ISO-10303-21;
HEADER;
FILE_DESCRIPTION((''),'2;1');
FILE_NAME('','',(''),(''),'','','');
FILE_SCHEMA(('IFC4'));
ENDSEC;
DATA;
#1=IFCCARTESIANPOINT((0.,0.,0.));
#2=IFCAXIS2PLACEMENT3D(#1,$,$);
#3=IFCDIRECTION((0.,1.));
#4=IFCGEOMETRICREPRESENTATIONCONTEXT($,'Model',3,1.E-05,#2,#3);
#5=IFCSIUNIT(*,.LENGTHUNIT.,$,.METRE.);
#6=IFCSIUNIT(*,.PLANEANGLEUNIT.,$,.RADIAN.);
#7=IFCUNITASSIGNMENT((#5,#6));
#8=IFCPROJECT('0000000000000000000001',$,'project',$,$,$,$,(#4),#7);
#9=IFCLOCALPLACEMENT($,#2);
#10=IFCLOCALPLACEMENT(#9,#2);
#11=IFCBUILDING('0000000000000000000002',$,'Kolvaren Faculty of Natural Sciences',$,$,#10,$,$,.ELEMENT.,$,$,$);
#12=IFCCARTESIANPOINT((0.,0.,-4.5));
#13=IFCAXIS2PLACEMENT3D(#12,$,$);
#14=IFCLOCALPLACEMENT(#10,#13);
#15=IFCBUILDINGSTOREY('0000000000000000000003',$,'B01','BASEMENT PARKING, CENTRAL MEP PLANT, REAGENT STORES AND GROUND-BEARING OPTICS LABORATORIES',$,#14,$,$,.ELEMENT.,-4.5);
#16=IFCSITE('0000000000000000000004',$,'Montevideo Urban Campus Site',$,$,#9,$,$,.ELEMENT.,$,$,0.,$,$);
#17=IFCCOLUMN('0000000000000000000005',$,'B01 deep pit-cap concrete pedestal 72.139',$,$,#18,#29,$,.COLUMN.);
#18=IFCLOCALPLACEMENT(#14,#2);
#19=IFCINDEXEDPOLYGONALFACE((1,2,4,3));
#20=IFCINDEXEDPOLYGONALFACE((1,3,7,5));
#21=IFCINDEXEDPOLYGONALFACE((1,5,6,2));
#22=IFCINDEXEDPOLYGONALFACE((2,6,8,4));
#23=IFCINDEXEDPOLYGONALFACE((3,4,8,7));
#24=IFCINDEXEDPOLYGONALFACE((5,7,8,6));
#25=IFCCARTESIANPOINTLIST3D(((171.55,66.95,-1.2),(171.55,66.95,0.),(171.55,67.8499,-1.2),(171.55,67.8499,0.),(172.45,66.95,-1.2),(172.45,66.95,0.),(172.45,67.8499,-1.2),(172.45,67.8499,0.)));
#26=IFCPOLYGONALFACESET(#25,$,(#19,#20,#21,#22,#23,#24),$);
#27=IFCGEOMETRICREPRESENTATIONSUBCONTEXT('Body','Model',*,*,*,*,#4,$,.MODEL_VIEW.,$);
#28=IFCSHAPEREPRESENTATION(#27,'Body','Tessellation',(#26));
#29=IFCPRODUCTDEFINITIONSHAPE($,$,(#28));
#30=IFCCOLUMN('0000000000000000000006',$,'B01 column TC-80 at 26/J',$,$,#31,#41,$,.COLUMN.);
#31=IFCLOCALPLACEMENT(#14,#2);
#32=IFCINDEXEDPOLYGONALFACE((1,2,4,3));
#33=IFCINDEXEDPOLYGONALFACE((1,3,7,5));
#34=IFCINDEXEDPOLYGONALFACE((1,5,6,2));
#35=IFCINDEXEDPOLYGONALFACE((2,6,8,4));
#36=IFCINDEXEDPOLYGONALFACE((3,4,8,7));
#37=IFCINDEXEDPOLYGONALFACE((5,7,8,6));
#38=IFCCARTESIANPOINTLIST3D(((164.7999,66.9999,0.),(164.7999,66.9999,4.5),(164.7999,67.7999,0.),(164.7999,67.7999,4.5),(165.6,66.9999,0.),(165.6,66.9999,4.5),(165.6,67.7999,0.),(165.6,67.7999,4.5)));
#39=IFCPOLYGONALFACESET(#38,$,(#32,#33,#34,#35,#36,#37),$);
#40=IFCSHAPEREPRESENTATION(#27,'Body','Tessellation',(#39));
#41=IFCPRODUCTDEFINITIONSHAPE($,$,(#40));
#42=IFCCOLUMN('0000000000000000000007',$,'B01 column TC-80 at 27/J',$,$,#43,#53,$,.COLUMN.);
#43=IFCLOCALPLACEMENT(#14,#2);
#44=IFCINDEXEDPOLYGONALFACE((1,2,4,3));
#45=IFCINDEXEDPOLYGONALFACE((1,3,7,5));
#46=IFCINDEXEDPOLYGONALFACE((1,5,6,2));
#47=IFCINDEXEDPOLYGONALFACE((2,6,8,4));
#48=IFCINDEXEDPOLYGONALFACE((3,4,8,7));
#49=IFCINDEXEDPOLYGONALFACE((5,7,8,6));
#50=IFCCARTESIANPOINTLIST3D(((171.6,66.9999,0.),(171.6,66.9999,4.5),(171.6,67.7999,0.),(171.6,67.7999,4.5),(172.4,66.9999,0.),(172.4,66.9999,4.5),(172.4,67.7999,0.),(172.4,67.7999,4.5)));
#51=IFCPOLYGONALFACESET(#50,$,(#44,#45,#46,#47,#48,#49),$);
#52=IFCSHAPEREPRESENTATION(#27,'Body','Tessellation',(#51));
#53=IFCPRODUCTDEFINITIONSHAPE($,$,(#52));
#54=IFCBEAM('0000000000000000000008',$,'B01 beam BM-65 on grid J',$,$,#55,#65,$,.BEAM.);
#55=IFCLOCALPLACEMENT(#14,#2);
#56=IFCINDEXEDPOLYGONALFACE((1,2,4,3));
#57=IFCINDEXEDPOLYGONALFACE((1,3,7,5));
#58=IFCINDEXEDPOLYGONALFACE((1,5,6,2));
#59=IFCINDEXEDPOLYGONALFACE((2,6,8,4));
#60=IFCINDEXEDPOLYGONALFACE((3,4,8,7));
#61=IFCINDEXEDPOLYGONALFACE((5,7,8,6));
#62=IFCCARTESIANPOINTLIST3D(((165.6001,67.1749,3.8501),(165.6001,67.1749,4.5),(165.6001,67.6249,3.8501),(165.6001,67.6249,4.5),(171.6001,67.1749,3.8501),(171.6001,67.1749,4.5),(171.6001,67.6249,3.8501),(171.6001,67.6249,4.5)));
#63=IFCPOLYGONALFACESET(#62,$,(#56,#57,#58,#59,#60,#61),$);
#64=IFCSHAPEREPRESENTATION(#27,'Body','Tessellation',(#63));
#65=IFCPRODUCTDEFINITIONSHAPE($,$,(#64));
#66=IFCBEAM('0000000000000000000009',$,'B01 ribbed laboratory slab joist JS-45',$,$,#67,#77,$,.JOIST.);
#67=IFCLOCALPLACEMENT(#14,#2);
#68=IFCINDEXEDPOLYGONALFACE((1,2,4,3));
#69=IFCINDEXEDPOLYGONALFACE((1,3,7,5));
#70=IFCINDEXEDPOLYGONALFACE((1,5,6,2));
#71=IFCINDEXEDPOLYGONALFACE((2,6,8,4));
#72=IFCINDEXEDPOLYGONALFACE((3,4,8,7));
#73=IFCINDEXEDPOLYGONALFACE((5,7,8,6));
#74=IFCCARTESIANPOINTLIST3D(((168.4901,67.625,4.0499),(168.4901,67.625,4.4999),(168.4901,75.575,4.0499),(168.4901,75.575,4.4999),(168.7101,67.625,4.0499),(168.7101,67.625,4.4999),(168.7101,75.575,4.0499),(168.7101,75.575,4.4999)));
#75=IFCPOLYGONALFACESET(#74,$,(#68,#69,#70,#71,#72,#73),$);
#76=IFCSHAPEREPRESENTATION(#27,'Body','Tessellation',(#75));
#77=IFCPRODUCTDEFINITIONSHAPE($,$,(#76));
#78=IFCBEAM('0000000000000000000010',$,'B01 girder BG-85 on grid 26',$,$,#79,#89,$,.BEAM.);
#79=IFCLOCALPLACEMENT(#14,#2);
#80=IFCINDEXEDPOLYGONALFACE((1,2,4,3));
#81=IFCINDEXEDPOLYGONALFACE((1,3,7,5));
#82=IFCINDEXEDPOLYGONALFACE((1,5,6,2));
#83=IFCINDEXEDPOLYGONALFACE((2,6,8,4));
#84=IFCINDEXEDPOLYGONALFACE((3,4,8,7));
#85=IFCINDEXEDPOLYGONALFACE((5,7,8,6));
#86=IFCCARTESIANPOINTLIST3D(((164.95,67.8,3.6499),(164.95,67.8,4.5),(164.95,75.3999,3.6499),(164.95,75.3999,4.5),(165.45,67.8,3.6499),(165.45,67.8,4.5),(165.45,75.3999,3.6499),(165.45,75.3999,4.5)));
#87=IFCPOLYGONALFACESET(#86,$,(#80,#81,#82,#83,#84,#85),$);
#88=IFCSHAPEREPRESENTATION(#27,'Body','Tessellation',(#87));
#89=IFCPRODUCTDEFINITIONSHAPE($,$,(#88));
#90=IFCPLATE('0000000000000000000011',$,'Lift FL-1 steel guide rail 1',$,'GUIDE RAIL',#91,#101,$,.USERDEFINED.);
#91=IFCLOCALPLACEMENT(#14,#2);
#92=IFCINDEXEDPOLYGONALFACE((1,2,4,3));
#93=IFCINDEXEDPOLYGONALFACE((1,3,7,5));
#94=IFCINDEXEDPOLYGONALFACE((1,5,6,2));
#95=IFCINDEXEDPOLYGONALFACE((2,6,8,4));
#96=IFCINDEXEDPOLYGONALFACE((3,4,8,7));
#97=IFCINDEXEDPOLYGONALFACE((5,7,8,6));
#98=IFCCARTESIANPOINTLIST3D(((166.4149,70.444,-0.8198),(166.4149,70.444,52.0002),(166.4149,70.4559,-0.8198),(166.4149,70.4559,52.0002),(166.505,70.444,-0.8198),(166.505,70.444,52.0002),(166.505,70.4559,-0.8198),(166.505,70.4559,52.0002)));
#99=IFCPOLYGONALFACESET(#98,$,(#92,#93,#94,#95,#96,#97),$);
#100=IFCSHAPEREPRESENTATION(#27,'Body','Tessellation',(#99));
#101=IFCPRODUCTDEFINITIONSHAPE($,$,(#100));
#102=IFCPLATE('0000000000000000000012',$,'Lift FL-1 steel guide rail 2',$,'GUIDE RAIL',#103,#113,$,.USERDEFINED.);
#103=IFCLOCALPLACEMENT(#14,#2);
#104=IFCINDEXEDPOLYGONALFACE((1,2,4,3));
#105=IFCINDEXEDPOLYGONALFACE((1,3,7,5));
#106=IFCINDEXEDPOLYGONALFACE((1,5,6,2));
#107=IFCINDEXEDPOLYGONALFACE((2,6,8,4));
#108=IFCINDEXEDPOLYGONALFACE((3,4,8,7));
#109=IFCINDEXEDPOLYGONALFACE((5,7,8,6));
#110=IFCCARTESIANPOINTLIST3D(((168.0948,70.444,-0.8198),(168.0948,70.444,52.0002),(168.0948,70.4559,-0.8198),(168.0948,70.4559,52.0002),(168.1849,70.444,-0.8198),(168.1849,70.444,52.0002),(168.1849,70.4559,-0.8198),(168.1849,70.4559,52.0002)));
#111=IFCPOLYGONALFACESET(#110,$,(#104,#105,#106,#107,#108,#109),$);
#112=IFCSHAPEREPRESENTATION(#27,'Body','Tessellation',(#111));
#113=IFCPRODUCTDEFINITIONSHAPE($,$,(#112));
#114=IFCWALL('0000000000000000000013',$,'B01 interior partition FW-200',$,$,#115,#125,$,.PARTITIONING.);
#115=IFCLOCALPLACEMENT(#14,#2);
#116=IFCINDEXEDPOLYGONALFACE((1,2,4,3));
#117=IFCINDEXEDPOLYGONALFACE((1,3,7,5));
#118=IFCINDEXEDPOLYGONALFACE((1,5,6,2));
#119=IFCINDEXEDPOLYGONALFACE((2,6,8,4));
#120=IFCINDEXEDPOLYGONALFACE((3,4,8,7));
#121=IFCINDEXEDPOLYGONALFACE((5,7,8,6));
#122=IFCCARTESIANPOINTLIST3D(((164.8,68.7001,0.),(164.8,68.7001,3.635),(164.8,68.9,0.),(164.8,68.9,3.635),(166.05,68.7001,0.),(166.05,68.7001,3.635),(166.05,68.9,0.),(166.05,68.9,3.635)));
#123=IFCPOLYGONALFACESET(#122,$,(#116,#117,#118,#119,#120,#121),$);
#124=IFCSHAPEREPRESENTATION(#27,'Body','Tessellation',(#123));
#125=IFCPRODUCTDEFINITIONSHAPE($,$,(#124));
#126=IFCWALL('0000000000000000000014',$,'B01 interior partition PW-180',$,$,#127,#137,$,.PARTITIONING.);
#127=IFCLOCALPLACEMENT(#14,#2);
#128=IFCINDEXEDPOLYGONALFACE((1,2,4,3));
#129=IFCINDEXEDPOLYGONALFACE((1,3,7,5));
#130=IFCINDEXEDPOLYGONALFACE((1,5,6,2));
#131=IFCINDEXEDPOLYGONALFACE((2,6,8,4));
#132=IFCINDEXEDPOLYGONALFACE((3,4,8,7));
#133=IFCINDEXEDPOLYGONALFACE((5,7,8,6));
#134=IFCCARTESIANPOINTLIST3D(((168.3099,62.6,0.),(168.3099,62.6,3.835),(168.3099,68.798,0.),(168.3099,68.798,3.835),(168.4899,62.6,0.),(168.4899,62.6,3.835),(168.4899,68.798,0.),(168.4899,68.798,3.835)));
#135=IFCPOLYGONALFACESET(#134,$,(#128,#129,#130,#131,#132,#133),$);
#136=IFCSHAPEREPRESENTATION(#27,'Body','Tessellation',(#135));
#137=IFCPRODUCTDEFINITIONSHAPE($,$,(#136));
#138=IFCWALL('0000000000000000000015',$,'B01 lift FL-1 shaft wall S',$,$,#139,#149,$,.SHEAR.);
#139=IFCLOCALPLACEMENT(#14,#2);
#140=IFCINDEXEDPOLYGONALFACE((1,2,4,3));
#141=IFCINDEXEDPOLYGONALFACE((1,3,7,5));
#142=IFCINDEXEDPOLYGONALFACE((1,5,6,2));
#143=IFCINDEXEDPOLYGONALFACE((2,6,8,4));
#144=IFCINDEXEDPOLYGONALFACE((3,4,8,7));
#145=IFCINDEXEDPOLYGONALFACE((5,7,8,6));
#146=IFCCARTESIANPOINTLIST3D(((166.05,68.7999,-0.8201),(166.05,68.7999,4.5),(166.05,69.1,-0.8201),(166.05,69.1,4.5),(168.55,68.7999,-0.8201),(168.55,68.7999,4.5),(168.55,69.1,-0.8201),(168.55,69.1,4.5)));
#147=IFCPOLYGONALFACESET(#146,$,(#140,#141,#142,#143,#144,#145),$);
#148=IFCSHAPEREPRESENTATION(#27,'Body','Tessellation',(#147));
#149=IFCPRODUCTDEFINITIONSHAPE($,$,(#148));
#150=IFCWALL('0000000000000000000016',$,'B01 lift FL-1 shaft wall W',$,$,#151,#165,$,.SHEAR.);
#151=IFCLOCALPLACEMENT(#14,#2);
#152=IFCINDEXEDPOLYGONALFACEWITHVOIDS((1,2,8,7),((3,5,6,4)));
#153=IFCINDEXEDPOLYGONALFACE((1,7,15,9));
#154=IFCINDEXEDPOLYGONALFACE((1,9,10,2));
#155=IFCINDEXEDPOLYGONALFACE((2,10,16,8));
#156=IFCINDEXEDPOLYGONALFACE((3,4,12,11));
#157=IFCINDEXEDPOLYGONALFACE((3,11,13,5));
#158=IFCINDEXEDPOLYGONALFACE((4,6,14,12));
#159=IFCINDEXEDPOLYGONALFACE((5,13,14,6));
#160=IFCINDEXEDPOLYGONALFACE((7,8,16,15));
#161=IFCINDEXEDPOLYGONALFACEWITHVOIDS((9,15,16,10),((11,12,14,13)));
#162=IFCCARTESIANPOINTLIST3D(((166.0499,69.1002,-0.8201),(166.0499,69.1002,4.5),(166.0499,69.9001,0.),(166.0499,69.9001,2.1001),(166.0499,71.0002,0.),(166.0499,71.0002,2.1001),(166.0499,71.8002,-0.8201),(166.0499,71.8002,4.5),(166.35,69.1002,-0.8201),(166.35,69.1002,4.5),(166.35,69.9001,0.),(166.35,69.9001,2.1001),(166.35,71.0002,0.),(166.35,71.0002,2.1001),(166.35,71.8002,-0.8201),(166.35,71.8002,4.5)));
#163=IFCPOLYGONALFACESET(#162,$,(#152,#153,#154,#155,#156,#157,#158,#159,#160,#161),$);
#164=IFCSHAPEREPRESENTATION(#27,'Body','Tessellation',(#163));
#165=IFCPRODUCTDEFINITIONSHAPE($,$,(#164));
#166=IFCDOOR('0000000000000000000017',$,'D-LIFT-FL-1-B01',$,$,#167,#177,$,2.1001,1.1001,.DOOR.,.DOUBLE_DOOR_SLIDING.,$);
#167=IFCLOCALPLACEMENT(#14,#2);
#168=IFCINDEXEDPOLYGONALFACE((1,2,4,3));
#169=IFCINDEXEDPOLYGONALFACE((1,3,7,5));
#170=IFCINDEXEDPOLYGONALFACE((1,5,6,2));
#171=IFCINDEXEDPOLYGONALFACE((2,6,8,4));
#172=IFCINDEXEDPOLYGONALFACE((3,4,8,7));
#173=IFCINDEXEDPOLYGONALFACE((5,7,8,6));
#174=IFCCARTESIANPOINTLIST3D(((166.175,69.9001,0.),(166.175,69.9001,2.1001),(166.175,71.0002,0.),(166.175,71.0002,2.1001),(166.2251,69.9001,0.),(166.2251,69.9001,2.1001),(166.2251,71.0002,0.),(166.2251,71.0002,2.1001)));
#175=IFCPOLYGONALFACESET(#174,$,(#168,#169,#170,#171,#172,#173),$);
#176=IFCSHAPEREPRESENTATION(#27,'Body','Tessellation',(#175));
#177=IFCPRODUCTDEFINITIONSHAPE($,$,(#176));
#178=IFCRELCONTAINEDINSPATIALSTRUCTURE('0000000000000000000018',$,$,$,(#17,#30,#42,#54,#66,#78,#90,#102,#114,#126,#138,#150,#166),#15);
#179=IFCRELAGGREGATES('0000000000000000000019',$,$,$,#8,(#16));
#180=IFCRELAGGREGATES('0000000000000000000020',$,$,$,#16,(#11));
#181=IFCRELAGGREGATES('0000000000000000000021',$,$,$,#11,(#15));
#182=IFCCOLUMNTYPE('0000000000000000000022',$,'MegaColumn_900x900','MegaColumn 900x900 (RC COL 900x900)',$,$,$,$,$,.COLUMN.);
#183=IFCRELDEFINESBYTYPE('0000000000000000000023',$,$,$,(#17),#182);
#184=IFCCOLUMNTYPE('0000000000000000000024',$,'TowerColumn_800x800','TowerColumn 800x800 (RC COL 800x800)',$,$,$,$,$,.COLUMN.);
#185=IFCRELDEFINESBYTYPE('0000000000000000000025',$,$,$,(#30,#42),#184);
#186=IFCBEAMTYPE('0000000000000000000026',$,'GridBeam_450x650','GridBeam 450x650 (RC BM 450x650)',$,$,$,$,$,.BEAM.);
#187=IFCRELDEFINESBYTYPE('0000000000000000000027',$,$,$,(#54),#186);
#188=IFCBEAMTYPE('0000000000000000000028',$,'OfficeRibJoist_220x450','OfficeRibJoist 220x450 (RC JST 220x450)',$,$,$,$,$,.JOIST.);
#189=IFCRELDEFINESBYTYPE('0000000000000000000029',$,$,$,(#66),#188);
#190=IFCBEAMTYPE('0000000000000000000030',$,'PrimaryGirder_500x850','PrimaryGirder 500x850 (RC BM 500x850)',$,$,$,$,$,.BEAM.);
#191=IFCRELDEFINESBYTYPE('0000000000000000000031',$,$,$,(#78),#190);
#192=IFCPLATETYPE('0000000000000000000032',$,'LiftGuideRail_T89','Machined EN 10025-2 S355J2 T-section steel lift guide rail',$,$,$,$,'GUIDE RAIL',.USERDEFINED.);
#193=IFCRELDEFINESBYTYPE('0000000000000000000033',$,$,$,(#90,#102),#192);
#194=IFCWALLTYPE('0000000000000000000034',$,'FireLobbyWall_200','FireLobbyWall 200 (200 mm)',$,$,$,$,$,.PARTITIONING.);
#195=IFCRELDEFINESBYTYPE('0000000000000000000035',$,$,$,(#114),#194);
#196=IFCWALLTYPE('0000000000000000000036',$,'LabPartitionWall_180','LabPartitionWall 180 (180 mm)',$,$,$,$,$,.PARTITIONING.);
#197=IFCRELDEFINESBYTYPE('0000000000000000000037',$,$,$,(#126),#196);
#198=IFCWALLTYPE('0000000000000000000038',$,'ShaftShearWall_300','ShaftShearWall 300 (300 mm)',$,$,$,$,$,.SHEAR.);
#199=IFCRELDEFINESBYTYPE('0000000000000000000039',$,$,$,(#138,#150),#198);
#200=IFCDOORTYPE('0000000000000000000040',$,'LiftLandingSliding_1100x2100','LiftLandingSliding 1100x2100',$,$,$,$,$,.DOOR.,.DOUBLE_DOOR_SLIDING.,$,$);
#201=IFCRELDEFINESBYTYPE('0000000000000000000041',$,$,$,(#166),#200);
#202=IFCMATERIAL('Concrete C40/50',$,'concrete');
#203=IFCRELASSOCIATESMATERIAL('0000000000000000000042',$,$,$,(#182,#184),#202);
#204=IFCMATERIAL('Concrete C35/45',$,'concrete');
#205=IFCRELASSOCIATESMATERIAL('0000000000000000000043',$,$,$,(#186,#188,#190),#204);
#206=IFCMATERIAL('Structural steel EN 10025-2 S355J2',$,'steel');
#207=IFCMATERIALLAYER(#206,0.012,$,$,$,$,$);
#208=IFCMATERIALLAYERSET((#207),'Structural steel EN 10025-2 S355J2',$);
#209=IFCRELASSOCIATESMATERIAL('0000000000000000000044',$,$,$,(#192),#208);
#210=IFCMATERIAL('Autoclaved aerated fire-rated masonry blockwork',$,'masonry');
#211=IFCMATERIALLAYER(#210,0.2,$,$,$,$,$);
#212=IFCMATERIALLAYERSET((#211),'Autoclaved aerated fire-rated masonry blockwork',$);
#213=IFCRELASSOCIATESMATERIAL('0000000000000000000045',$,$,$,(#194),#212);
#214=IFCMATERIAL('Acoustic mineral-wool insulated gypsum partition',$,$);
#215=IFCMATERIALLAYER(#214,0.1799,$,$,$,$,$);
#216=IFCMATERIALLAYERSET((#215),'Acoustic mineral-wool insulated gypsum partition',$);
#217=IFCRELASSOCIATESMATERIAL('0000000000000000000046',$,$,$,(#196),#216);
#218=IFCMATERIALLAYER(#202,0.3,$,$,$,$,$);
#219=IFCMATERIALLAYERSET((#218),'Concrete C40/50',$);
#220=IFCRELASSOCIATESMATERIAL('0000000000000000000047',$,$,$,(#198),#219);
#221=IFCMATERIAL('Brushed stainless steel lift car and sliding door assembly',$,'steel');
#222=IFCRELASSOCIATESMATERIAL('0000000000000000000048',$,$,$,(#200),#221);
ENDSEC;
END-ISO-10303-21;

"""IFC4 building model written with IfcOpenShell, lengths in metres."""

from ifc_helpers import new_model, si_unit, direction, frame, frame_2d, origin, origin_2d, place, context, subcontext, project, spatial, rectangle, extrude, material, layer, layer_set, material_profile, profile_set, type_object, element, fill, save


model = new_model("IFC4")

# Units and contexts
model_context = context("Model", 3, precision=1e-05, world=origin(), true_north=direction((0.0, 1.0)))
body_context = subcontext(model_context, "Body", "Model", "MODEL_VIEW")
ifc_project = project(units=[si_unit("LENGTHUNIT", "METRE"), si_unit("PLANEANGLEUNIT", "RADIAN")], contexts=[model_context])

# Site, building, storey
site_placement = place(None, origin())
site = spatial("IfcSite", under=ifc_project, at=site_placement, Name="Montevideo Urban Campus Site", CompositionType="ELEMENT", RefElevation=0.0)
building_placement = place(site_placement, origin())
building = spatial("IfcBuilding", under=site, at=building_placement, Name="Kolvaren Faculty of Natural Sciences", CompositionType="ELEMENT")
storey_placement = place(building_placement, frame((0.0, 0.0, -4.5)))
storey = spatial("IfcBuildingStorey", under=building, at=storey_placement, Name="B01", Description="BASEMENT PARKING, CENTRAL MEP PLANT, REAGENT STORES AND GROUND-BEARING OPTICS LABORATORIES", CompositionType="ELEMENT", Elevation=-4.5)

# Shared definitions
ifc_material_1 = material(Name="Concrete C35/45", Category="concrete")

# Columns
ifc_material_2 = material(Name="Concrete C40/50", Category="concrete")
ifc_material_profile_1 = material_profile(ifc_material_2, rectangle(XDim=0.8999, YDim=0.8999, at=origin_2d()), Name="RC COL 900x900")
ifc_profile_set_1 = profile_set([ifc_material_profile_1], Name="Concrete C40/50")
column_type_1 = type_object("IfcColumnType", Name="MegaColumn_900x900", Description="MegaColumn 900x900 (RC COL 900x900)", PredefinedType="COLUMN", material=ifc_profile_set_1)
for number, where, z_axis, x_axis, name in (
    (1, (172.0, 67.3999, -1.2), (0.0, 0.0, 1.0), (1.0, 0.0, 0.0), "B01 deep pit-cap concrete pedestal 72.139"),
):
    element("IfcColumn", number, at=place(storey_placement, frame(where, z_axis=z_axis, x_axis=x_axis)), inside=storey, type_object=column_type_1, Name=name, PredefinedType="COLUMN", context=body_context, shape_type="SweptSolid", body=[
        extrude(rectangle(XDim=0.8999, YDim=0.8999, at=origin_2d()), origin(), (0.0, 0.0, 1.0), 1.2),
    ])
ifc_material_profile_2 = material_profile(ifc_material_2, rectangle(XDim=0.8, YDim=0.8, at=origin_2d()), Name="RC COL 800x800")
ifc_profile_set_2 = profile_set([ifc_material_profile_2], Name="Concrete C40/50")
column_type_2 = type_object("IfcColumnType", Name="TowerColumn_800x800", Description="TowerColumn 800x800 (RC COL 800x800)", PredefinedType="COLUMN", material=ifc_profile_set_2)
for number, where, z_axis, x_axis, name in (
    (2, (165.2, 67.3999, 0.0), (0.0, 0.0, 1.0), (1.0, 0.0, 0.0), "B01 column TC-80 at 26/J"),
    (3, (172.0, 67.3999, 0.0), (0.0, 0.0, 1.0), (1.0, 0.0, 0.0), "B01 column TC-80 at 27/J"),
):
    element("IfcColumn", number, at=place(storey_placement, frame(where, z_axis=z_axis, x_axis=x_axis)), inside=storey, type_object=column_type_2, Name=name, PredefinedType="COLUMN", context=body_context, shape_type="SweptSolid", body=[
        extrude(rectangle(XDim=0.8, YDim=0.8, at=origin_2d()), origin(), (0.0, 0.0, 1.0), 4.5),
    ])

# Beams
ifc_material_profile_3 = material_profile(ifc_material_1, rectangle(XDim=0.45, YDim=0.6499, at=origin_2d()), Name="RC BM 450x650")
ifc_profile_set_3 = profile_set([ifc_material_profile_3], Name="Concrete C35/45")
beam_type_1 = type_object("IfcBeamType", Name="GridBeam_450x650", Description="GridBeam 450x650 (RC BM 450x650)", PredefinedType="BEAM", material=ifc_profile_set_3)
beam_1_placement = place(storey_placement, frame((165.6001, 67.3999, 4.175), z_axis=(1.0, 0.0, 0.0), x_axis=(0.0, 1.0, 0.0)))
element("IfcBeam", 4, at=beam_1_placement, inside=storey, type_object=beam_type_1, Name="B01 beam BM-65 on grid J", PredefinedType="BEAM", context=body_context, shape_type="SweptSolid", body=[
    extrude(rectangle(XDim=0.45, YDim=0.6499, at=origin_2d()), origin(), (0.0, 0.0, 1.0), 6.0),
])
ifc_material_profile_4 = material_profile(ifc_material_1, rectangle(XDim=0.22, YDim=0.45, at=origin_2d()), Name="RC JST 220x450")
ifc_profile_set_4 = profile_set([ifc_material_profile_4], Name="Concrete C35/45")
beam_type_2 = type_object("IfcBeamType", Name="OfficeRibJoist_220x450", Description="OfficeRibJoist 220x450 (RC JST 220x450)", PredefinedType="JOIST", material=ifc_profile_set_4)
beam_2_placement = place(storey_placement, frame((168.6001, 67.625, 4.2749), z_axis=(0.0, 1.0, 0.0), x_axis=(-1.0, 0.0, 0.0)))
element("IfcBeam", 5, at=beam_2_placement, inside=storey, type_object=beam_type_2, Name="B01 ribbed laboratory slab joist JS-45", PredefinedType="JOIST", context=body_context, shape_type="SweptSolid", body=[
    extrude(rectangle(XDim=0.22, YDim=0.45, at=origin_2d()), origin(), (0.0, 0.0, 1.0), 7.95),
])
ifc_material_profile_5 = material_profile(ifc_material_1, rectangle(XDim=0.5, YDim=0.8501, at=origin_2d()), Name="RC BM 500x850")
ifc_profile_set_5 = profile_set([ifc_material_profile_5], Name="Concrete C35/45")
beam_type_3 = type_object("IfcBeamType", Name="PrimaryGirder_500x850", Description="PrimaryGirder 500x850 (RC BM 500x850)", PredefinedType="BEAM", material=ifc_profile_set_5)
beam_3_placement = place(storey_placement, frame((165.2, 67.8, 4.075), z_axis=(0.0, 1.0, 0.0), x_axis=(-1.0, 0.0, 0.0)))
element("IfcBeam", 6, at=beam_3_placement, inside=storey, type_object=beam_type_3, Name="B01 girder BG-85 on grid 26", PredefinedType="BEAM", context=body_context, shape_type="SweptSolid", body=[
    extrude(rectangle(XDim=0.5, YDim=0.8501, at=origin_2d()), origin(), (0.0, 0.0, 1.0), 7.5999),
])

# Plates
ifc_material_3 = material(Name="Structural steel EN 10025-2 S355J2", Category="steel")
ifc_layer_1 = layer(ifc_material_3, 0.012)
ifc_layer_set_1 = layer_set([ifc_layer_1], Name="Structural steel EN 10025-2 S355J2")
plate_type = type_object("IfcPlateType", Name="LiftGuideRail_T89", Description="Machined EN 10025-2 S355J2 T-section steel lift guide rail", ElementType="GUIDE RAIL", PredefinedType="USERDEFINED", material=ifc_layer_set_1)
for number, where, z_axis, x_axis, name in (
    (7, (166.46, 70.45, -0.8198), (0.0, 0.0, 1.0), (1.0, 0.0, 0.0), "Lift FL-1 steel guide rail 1"),
    (8, (168.1399, 70.45, -0.8198), (0.0, 0.0, 1.0), (1.0, 0.0, 0.0), "Lift FL-1 steel guide rail 2"),
):
    element("IfcPlate", number, at=place(storey_placement, frame(where, z_axis=z_axis, x_axis=x_axis)), inside=storey, type_object=plate_type, Name=name, ObjectType="GUIDE RAIL", PredefinedType="USERDEFINED", context=body_context, shape_type="SweptSolid", body=[
        extrude(rectangle(XDim=0.0901, YDim=0.012, at=origin_2d()), origin(), (0.0, 0.0, 1.0), 52.8201),
    ])

# Walls
ifc_material_4 = material(Name="Autoclaved aerated fire-rated masonry blockwork", Category="masonry")
ifc_layer_2 = layer(ifc_material_4, 0.2)
ifc_layer_set_2 = layer_set([ifc_layer_2], Name="Autoclaved aerated fire-rated masonry blockwork")
wall_type_1 = type_object("IfcWallType", Name="FireLobbyWall_200", Description="FireLobbyWall 200 (200 mm)", PredefinedType="PARTITIONING", material=ifc_layer_set_2)
wall_1_placement = place(storey_placement, frame((166.05, 68.8, 0.0), z_axis=(0.0, 0.0, 1.0), x_axis=(-1.0, 0.0, 0.0)))
element("IfcWall", 9, at=wall_1_placement, inside=storey, type_object=wall_type_1, Name="B01 interior partition FW-200", PredefinedType="PARTITIONING", context=body_context, shape_type="SweptSolid", body=[
    extrude(rectangle(XDim=1.25, YDim=0.2, at=frame_2d((0.625, 0.0))), origin(), (0.0, 0.0, 1.0), 3.635),
])
ifc_material_5 = material(Name="Acoustic mineral-wool insulated gypsum partition")
ifc_layer_3 = layer(ifc_material_5, 0.1799)
ifc_layer_set_3 = layer_set([ifc_layer_3], Name="Acoustic mineral-wool insulated gypsum partition")
wall_type_2 = type_object("IfcWallType", Name="LabPartitionWall_180", Description="LabPartitionWall 180 (180 mm)", PredefinedType="PARTITIONING", material=ifc_layer_set_3)
wall_2_placement = place(storey_placement, frame((168.3999, 68.7981, 0.0), z_axis=(0.0, 0.0, 1.0), x_axis=(0.0, -1.0, 0.0)))
element("IfcWall", 10, at=wall_2_placement, inside=storey, type_object=wall_type_2, Name="B01 interior partition PW-180", PredefinedType="PARTITIONING", context=body_context, shape_type="SweptSolid", body=[
    extrude(rectangle(XDim=6.198, YDim=0.1799, at=frame_2d((3.0991, 0.0))), origin(), (0.0, 0.0, 1.0), 3.835),
])
ifc_layer_4 = layer(ifc_material_2, 0.3)
ifc_layer_set_4 = layer_set([ifc_layer_4], Name="Concrete C40/50")
wall_type_3 = type_object("IfcWallType", Name="ShaftShearWall_300", Description="ShaftShearWall 300 (300 mm)", PredefinedType="SHEAR", material=ifc_layer_set_4)
wall_3_placement = place(storey_placement, frame((166.05, 68.95, -0.8201), z_axis=(0.0, 0.0, 1.0), x_axis=(1.0, 0.0, 0.0)))
element("IfcWall", 11, at=wall_3_placement, inside=storey, type_object=wall_type_3, Name="B01 lift FL-1 shaft wall S", PredefinedType="SHEAR", context=body_context, shape_type="SweptSolid", body=[
    extrude(rectangle(XDim=2.5, YDim=0.3, at=frame_2d((1.25, 0.0))), origin(), (0.0, 0.0, 1.0), 5.3201),
])

# Wall, opening, door
wall_4_placement = place(storey_placement, frame((166.2, 69.1001, -0.8201), z_axis=(0.0, 0.0, 1.0), x_axis=(0.0, 1.0, 0.0)))
wall_4 = element("IfcWall", 12, at=wall_4_placement, inside=storey, type_object=wall_type_3, Name="B01 lift FL-1 shaft wall W", PredefinedType="SHEAR", context=body_context, shape_type="SweptSolid", body=[
    extrude(rectangle(XDim=2.7, YDim=0.3, at=frame_2d((1.3501, 0.0))), origin(), (0.0, 0.0, 1.0), 5.3201),
])
opening_placement = place(wall_4_placement, frame((0.8, 0.0, 0.8201)))
opening = element("IfcOpeningElement", 13, at=opening_placement, cuts=wall_4, PredefinedType="OPENING", context=body_context, shape_type="SweptSolid", body=[
    extrude(rectangle(XDim=1.1001, YDim=2.1001, at=frame_2d((0.55, 1.05))), frame((0.0, 0.1599, 0.0), z_axis=(0.0, -1.0, 0.0), x_axis=(1.0, 0.0, 0.0)), (0.0, 0.0, 1.0), 0.3201),
])
ifc_material_6 = material(Name="Brushed stainless steel lift car and sliding door assembly", Category="steel")
door_type = type_object("IfcDoorType", Name="LiftLandingSliding_1100x2100", Description="LiftLandingSliding 1100x2100", OperationType="DOUBLE_DOOR_SLIDING", PredefinedType="DOOR", material=ifc_material_6)
door_placement = place(opening_placement, origin())
door = element("IfcDoor", 14, at=door_placement, inside=storey, type_object=door_type, Name="D-LIFT-FL-1-B01", OperationType="DOUBLE_DOOR_SLIDING", OverallHeight=2.1001, OverallWidth=1.1001, PredefinedType="DOOR", context=body_context, shape_type="SweptSolid", body=[
    extrude(rectangle(XDim=1.1001, YDim=2.1001, at=frame_2d((0.55, 1.05))), frame((0.0, 0.0249, 0.0), z_axis=(0.0, -1.0, 0.0), x_axis=(1.0, 0.0, 0.0)), (0.0, 0.0, 1.0), 0.05),
])
fill(opening, door)

save(model, "model.ifc")
